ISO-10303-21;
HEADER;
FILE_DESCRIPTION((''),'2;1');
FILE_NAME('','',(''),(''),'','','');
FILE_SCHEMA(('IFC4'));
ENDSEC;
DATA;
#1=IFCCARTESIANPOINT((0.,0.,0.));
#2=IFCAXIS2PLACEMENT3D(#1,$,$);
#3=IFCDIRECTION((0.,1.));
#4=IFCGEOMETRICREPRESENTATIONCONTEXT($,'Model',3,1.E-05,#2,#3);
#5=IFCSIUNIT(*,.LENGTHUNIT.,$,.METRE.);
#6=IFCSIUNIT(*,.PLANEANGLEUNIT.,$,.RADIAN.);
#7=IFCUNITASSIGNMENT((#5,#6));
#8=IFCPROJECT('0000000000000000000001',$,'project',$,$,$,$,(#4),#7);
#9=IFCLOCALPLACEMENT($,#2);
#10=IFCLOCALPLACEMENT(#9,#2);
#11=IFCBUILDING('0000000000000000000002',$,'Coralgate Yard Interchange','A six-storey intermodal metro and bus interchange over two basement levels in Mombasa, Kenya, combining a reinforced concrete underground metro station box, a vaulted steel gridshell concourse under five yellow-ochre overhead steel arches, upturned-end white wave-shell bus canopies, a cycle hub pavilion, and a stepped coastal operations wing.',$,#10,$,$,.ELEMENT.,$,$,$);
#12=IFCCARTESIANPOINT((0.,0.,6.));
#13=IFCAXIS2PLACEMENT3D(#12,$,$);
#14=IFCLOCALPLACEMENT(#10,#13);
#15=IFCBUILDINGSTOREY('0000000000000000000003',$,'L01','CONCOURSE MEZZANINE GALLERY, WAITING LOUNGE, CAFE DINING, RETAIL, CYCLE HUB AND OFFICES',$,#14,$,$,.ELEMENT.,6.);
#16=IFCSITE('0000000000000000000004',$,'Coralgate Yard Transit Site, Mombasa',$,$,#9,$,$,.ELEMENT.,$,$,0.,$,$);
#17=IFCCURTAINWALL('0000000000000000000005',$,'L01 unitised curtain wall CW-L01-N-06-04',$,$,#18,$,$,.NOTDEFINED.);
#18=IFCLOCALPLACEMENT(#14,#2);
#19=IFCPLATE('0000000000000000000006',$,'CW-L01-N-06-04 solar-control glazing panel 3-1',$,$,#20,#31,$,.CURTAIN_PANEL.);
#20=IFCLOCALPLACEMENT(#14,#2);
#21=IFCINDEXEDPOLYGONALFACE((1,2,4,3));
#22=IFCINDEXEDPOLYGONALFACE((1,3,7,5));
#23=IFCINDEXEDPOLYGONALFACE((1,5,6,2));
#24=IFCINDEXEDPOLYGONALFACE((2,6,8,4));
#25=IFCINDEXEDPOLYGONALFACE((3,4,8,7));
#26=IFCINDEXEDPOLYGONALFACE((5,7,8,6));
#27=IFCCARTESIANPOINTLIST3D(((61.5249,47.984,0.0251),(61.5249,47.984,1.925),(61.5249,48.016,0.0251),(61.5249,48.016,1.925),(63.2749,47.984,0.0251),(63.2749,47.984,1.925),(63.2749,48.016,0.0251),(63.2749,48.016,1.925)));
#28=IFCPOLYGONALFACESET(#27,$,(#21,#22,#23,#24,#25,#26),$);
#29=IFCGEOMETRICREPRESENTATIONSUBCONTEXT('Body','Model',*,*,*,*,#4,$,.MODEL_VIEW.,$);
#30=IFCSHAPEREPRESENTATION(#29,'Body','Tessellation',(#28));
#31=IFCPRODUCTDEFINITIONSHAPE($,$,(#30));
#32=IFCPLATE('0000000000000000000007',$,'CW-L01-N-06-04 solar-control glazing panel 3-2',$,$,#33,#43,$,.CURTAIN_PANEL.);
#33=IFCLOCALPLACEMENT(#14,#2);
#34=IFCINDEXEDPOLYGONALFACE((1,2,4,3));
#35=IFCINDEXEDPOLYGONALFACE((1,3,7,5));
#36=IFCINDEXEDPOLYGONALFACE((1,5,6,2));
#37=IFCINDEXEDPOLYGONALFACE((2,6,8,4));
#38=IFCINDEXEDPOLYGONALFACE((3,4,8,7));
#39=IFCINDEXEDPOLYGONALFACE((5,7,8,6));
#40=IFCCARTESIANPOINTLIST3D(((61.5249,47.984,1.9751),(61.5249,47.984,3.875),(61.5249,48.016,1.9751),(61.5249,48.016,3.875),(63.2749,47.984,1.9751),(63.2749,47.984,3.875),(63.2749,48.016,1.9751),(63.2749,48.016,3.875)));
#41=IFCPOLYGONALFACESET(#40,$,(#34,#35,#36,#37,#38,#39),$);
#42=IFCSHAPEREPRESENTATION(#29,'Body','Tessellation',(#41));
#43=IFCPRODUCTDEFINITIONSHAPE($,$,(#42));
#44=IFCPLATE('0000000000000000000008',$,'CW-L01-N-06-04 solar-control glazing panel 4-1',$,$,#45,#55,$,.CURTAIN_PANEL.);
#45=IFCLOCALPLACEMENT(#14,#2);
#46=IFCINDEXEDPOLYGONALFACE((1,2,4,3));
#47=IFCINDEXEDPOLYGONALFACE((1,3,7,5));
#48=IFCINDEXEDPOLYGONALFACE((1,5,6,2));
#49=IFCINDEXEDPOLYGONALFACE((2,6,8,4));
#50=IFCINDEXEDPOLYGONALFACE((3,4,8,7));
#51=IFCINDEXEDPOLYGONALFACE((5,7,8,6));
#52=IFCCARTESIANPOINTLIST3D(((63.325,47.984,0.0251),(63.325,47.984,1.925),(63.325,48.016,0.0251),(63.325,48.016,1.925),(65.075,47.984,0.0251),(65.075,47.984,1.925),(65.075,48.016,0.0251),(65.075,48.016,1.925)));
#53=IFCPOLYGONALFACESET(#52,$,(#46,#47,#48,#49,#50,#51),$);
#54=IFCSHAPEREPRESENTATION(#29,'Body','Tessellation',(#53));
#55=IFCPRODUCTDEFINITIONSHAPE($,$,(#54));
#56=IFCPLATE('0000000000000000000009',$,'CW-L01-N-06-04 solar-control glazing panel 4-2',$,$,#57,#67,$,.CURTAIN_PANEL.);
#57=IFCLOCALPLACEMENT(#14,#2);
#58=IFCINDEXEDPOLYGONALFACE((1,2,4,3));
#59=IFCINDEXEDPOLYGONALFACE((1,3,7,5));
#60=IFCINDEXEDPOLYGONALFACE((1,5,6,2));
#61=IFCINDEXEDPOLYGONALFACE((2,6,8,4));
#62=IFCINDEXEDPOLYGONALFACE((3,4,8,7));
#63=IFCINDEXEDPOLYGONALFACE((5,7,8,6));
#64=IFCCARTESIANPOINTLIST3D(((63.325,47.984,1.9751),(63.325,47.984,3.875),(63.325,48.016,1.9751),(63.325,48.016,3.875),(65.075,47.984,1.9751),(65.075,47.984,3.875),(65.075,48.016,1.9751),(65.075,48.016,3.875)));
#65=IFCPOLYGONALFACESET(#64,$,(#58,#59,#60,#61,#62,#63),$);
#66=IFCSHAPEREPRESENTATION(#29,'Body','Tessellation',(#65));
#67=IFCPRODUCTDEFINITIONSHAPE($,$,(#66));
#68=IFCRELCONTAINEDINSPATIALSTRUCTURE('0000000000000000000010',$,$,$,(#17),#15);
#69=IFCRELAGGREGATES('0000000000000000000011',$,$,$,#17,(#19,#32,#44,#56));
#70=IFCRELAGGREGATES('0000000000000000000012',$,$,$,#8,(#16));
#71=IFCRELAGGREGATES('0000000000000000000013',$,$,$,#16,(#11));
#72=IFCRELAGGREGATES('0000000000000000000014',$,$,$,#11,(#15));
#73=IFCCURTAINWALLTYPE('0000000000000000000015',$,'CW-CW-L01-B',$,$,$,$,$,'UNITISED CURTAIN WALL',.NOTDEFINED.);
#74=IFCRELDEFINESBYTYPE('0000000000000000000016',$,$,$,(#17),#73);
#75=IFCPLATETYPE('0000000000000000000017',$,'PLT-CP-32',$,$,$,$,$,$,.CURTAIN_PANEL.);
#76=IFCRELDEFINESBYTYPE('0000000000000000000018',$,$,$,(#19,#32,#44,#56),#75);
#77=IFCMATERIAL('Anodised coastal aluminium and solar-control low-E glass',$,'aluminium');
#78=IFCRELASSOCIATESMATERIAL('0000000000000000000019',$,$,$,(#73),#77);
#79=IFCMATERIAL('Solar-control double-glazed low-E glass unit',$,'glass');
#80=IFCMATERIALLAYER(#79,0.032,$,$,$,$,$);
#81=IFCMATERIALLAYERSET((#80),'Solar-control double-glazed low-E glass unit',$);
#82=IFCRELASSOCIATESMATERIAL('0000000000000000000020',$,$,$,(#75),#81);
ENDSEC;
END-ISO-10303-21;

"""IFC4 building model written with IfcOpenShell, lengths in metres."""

from ifc_helpers import new_model, si_unit, direction, frame, origin, origin_2d, place, context, subcontext, project, spatial, rectangle, extrude, material, layer, layer_set, type_object, element, aggregate, save


model = new_model("IFC4")

# Units and contexts
model_context = context("Model", 3, precision=1e-05, world=origin(), true_north=direction((0.0, 1.0)))
body_context = subcontext(model_context, "Body", "Model", "MODEL_VIEW")
ifc_project = project(units=[si_unit("LENGTHUNIT", "METRE"), si_unit("PLANEANGLEUNIT", "RADIAN")], contexts=[model_context])

# Site, building, storey
site_placement = place(None, origin())
site = spatial("IfcSite", under=ifc_project, at=site_placement, Name="Coralgate Yard Transit Site, Mombasa", CompositionType="ELEMENT", RefElevation=0.0)
building_placement = place(site_placement, origin())
building = spatial("IfcBuilding", under=site, at=building_placement, Name="Coralgate Yard Interchange", Description="A six-storey intermodal metro and bus interchange over two basement levels in Mombasa, Kenya, combining a reinforced concrete underground metro station box, a vaulted steel gridshell concourse under five yellow-ochre overhead steel arches, upturned-end white wave-shell bus canopies, a cycle hub pavilion, and a stepped coastal operations wing.", CompositionType="ELEMENT")
storey_placement = place(building_placement, frame((0.0, 0.0, 6.0)))
storey = spatial("IfcBuildingStorey", under=building, at=storey_placement, Name="L01", Description="CONCOURSE MEZZANINE GALLERY, WAITING LOUNGE, CAFE DINING, RETAIL, CYCLE HUB AND OFFICES", CompositionType="ELEMENT", Elevation=6.0)

# Shared definitions
ifc_material_1 = material(Name="Anodised coastal aluminium and solar-control low-E glass", Category="aluminium")
curtain_wall_type = type_object("IfcCurtainWallType", Name="CW-CW-L01-B", ElementType="UNITISED CURTAIN WALL", PredefinedType="NOTDEFINED", material=ifc_material_1)

# Curtain wall, plates
curtain_wall_1_placement = place(storey_placement, origin())
curtain_wall_1 = element("IfcCurtainWall", 1, at=curtain_wall_1_placement, inside=storey, type_object=curtain_wall_type, Name="L01 unitised curtain wall CW-L01-N-06-04", PredefinedType="NOTDEFINED")
ifc_material_2 = material(Name="Solar-control double-glazed low-E glass unit", Category="glass")
ifc_layer = layer(ifc_material_2, 0.032)
ifc_layer_set = layer_set([ifc_layer], Name="Solar-control double-glazed low-E glass unit")
plate_type = type_object("IfcPlateType", Name="PLT-CP-32", PredefinedType="CURTAIN_PANEL", material=ifc_layer_set)
plate_1_placement = place(storey_placement, frame((62.3999, 48.0, 0.0251), z_axis=(0.0, 0.0, 1.0), x_axis=(1.0, 0.0, 0.0)))
plate_1 = element("IfcPlate", 2, at=plate_1_placement, type_object=plate_type, Name="CW-L01-N-06-04 solar-control glazing panel 3-1", PredefinedType="CURTAIN_PANEL", context=body_context, shape_type="SweptSolid", body=[
    extrude(rectangle(XDim=1.75, YDim=0.032, at=origin_2d()), origin(), (0.0, 0.0, 1.0), 1.8999),
])
plate_2_placement = place(storey_placement, frame((62.3999, 48.0, 1.9751), z_axis=(0.0, 0.0, 1.0), x_axis=(1.0, 0.0, 0.0)))
plate_2 = element("IfcPlate", 3, at=plate_2_placement, type_object=plate_type, Name="CW-L01-N-06-04 solar-control glazing panel 3-2", PredefinedType="CURTAIN_PANEL", context=body_context, shape_type="SweptSolid", body=[
    extrude(rectangle(XDim=1.75, YDim=0.032, at=origin_2d()), origin(), (0.0, 0.0, 1.0), 1.8999),
])
plate_3_placement = place(storey_placement, frame((64.2, 48.0, 0.0251), z_axis=(0.0, 0.0, 1.0), x_axis=(1.0, 0.0, 0.0)))
plate_3 = element("IfcPlate", 4, at=plate_3_placement, type_object=plate_type, Name="CW-L01-N-06-04 solar-control glazing panel 4-1", PredefinedType="CURTAIN_PANEL", context=body_context, shape_type="SweptSolid", body=[
    extrude(rectangle(XDim=1.75, YDim=0.032, at=origin_2d()), origin(), (0.0, 0.0, 1.0), 1.8999),
])
plate_4_placement = place(storey_placement, frame((64.2, 48.0, 1.9751), z_axis=(0.0, 0.0, 1.0), x_axis=(1.0, 0.0, 0.0)))
plate_4 = element("IfcPlate", 5, at=plate_4_placement, type_object=plate_type, Name="CW-L01-N-06-04 solar-control glazing panel 4-2", PredefinedType="CURTAIN_PANEL", context=body_context, shape_type="SweptSolid", body=[
    extrude(rectangle(XDim=1.75, YDim=0.032, at=origin_2d()), origin(), (0.0, 0.0, 1.0), 1.8999),
])
aggregate(curtain_wall_1, [plate_1, plate_2, plate_3, plate_4])

save(model, "model.ifc")
